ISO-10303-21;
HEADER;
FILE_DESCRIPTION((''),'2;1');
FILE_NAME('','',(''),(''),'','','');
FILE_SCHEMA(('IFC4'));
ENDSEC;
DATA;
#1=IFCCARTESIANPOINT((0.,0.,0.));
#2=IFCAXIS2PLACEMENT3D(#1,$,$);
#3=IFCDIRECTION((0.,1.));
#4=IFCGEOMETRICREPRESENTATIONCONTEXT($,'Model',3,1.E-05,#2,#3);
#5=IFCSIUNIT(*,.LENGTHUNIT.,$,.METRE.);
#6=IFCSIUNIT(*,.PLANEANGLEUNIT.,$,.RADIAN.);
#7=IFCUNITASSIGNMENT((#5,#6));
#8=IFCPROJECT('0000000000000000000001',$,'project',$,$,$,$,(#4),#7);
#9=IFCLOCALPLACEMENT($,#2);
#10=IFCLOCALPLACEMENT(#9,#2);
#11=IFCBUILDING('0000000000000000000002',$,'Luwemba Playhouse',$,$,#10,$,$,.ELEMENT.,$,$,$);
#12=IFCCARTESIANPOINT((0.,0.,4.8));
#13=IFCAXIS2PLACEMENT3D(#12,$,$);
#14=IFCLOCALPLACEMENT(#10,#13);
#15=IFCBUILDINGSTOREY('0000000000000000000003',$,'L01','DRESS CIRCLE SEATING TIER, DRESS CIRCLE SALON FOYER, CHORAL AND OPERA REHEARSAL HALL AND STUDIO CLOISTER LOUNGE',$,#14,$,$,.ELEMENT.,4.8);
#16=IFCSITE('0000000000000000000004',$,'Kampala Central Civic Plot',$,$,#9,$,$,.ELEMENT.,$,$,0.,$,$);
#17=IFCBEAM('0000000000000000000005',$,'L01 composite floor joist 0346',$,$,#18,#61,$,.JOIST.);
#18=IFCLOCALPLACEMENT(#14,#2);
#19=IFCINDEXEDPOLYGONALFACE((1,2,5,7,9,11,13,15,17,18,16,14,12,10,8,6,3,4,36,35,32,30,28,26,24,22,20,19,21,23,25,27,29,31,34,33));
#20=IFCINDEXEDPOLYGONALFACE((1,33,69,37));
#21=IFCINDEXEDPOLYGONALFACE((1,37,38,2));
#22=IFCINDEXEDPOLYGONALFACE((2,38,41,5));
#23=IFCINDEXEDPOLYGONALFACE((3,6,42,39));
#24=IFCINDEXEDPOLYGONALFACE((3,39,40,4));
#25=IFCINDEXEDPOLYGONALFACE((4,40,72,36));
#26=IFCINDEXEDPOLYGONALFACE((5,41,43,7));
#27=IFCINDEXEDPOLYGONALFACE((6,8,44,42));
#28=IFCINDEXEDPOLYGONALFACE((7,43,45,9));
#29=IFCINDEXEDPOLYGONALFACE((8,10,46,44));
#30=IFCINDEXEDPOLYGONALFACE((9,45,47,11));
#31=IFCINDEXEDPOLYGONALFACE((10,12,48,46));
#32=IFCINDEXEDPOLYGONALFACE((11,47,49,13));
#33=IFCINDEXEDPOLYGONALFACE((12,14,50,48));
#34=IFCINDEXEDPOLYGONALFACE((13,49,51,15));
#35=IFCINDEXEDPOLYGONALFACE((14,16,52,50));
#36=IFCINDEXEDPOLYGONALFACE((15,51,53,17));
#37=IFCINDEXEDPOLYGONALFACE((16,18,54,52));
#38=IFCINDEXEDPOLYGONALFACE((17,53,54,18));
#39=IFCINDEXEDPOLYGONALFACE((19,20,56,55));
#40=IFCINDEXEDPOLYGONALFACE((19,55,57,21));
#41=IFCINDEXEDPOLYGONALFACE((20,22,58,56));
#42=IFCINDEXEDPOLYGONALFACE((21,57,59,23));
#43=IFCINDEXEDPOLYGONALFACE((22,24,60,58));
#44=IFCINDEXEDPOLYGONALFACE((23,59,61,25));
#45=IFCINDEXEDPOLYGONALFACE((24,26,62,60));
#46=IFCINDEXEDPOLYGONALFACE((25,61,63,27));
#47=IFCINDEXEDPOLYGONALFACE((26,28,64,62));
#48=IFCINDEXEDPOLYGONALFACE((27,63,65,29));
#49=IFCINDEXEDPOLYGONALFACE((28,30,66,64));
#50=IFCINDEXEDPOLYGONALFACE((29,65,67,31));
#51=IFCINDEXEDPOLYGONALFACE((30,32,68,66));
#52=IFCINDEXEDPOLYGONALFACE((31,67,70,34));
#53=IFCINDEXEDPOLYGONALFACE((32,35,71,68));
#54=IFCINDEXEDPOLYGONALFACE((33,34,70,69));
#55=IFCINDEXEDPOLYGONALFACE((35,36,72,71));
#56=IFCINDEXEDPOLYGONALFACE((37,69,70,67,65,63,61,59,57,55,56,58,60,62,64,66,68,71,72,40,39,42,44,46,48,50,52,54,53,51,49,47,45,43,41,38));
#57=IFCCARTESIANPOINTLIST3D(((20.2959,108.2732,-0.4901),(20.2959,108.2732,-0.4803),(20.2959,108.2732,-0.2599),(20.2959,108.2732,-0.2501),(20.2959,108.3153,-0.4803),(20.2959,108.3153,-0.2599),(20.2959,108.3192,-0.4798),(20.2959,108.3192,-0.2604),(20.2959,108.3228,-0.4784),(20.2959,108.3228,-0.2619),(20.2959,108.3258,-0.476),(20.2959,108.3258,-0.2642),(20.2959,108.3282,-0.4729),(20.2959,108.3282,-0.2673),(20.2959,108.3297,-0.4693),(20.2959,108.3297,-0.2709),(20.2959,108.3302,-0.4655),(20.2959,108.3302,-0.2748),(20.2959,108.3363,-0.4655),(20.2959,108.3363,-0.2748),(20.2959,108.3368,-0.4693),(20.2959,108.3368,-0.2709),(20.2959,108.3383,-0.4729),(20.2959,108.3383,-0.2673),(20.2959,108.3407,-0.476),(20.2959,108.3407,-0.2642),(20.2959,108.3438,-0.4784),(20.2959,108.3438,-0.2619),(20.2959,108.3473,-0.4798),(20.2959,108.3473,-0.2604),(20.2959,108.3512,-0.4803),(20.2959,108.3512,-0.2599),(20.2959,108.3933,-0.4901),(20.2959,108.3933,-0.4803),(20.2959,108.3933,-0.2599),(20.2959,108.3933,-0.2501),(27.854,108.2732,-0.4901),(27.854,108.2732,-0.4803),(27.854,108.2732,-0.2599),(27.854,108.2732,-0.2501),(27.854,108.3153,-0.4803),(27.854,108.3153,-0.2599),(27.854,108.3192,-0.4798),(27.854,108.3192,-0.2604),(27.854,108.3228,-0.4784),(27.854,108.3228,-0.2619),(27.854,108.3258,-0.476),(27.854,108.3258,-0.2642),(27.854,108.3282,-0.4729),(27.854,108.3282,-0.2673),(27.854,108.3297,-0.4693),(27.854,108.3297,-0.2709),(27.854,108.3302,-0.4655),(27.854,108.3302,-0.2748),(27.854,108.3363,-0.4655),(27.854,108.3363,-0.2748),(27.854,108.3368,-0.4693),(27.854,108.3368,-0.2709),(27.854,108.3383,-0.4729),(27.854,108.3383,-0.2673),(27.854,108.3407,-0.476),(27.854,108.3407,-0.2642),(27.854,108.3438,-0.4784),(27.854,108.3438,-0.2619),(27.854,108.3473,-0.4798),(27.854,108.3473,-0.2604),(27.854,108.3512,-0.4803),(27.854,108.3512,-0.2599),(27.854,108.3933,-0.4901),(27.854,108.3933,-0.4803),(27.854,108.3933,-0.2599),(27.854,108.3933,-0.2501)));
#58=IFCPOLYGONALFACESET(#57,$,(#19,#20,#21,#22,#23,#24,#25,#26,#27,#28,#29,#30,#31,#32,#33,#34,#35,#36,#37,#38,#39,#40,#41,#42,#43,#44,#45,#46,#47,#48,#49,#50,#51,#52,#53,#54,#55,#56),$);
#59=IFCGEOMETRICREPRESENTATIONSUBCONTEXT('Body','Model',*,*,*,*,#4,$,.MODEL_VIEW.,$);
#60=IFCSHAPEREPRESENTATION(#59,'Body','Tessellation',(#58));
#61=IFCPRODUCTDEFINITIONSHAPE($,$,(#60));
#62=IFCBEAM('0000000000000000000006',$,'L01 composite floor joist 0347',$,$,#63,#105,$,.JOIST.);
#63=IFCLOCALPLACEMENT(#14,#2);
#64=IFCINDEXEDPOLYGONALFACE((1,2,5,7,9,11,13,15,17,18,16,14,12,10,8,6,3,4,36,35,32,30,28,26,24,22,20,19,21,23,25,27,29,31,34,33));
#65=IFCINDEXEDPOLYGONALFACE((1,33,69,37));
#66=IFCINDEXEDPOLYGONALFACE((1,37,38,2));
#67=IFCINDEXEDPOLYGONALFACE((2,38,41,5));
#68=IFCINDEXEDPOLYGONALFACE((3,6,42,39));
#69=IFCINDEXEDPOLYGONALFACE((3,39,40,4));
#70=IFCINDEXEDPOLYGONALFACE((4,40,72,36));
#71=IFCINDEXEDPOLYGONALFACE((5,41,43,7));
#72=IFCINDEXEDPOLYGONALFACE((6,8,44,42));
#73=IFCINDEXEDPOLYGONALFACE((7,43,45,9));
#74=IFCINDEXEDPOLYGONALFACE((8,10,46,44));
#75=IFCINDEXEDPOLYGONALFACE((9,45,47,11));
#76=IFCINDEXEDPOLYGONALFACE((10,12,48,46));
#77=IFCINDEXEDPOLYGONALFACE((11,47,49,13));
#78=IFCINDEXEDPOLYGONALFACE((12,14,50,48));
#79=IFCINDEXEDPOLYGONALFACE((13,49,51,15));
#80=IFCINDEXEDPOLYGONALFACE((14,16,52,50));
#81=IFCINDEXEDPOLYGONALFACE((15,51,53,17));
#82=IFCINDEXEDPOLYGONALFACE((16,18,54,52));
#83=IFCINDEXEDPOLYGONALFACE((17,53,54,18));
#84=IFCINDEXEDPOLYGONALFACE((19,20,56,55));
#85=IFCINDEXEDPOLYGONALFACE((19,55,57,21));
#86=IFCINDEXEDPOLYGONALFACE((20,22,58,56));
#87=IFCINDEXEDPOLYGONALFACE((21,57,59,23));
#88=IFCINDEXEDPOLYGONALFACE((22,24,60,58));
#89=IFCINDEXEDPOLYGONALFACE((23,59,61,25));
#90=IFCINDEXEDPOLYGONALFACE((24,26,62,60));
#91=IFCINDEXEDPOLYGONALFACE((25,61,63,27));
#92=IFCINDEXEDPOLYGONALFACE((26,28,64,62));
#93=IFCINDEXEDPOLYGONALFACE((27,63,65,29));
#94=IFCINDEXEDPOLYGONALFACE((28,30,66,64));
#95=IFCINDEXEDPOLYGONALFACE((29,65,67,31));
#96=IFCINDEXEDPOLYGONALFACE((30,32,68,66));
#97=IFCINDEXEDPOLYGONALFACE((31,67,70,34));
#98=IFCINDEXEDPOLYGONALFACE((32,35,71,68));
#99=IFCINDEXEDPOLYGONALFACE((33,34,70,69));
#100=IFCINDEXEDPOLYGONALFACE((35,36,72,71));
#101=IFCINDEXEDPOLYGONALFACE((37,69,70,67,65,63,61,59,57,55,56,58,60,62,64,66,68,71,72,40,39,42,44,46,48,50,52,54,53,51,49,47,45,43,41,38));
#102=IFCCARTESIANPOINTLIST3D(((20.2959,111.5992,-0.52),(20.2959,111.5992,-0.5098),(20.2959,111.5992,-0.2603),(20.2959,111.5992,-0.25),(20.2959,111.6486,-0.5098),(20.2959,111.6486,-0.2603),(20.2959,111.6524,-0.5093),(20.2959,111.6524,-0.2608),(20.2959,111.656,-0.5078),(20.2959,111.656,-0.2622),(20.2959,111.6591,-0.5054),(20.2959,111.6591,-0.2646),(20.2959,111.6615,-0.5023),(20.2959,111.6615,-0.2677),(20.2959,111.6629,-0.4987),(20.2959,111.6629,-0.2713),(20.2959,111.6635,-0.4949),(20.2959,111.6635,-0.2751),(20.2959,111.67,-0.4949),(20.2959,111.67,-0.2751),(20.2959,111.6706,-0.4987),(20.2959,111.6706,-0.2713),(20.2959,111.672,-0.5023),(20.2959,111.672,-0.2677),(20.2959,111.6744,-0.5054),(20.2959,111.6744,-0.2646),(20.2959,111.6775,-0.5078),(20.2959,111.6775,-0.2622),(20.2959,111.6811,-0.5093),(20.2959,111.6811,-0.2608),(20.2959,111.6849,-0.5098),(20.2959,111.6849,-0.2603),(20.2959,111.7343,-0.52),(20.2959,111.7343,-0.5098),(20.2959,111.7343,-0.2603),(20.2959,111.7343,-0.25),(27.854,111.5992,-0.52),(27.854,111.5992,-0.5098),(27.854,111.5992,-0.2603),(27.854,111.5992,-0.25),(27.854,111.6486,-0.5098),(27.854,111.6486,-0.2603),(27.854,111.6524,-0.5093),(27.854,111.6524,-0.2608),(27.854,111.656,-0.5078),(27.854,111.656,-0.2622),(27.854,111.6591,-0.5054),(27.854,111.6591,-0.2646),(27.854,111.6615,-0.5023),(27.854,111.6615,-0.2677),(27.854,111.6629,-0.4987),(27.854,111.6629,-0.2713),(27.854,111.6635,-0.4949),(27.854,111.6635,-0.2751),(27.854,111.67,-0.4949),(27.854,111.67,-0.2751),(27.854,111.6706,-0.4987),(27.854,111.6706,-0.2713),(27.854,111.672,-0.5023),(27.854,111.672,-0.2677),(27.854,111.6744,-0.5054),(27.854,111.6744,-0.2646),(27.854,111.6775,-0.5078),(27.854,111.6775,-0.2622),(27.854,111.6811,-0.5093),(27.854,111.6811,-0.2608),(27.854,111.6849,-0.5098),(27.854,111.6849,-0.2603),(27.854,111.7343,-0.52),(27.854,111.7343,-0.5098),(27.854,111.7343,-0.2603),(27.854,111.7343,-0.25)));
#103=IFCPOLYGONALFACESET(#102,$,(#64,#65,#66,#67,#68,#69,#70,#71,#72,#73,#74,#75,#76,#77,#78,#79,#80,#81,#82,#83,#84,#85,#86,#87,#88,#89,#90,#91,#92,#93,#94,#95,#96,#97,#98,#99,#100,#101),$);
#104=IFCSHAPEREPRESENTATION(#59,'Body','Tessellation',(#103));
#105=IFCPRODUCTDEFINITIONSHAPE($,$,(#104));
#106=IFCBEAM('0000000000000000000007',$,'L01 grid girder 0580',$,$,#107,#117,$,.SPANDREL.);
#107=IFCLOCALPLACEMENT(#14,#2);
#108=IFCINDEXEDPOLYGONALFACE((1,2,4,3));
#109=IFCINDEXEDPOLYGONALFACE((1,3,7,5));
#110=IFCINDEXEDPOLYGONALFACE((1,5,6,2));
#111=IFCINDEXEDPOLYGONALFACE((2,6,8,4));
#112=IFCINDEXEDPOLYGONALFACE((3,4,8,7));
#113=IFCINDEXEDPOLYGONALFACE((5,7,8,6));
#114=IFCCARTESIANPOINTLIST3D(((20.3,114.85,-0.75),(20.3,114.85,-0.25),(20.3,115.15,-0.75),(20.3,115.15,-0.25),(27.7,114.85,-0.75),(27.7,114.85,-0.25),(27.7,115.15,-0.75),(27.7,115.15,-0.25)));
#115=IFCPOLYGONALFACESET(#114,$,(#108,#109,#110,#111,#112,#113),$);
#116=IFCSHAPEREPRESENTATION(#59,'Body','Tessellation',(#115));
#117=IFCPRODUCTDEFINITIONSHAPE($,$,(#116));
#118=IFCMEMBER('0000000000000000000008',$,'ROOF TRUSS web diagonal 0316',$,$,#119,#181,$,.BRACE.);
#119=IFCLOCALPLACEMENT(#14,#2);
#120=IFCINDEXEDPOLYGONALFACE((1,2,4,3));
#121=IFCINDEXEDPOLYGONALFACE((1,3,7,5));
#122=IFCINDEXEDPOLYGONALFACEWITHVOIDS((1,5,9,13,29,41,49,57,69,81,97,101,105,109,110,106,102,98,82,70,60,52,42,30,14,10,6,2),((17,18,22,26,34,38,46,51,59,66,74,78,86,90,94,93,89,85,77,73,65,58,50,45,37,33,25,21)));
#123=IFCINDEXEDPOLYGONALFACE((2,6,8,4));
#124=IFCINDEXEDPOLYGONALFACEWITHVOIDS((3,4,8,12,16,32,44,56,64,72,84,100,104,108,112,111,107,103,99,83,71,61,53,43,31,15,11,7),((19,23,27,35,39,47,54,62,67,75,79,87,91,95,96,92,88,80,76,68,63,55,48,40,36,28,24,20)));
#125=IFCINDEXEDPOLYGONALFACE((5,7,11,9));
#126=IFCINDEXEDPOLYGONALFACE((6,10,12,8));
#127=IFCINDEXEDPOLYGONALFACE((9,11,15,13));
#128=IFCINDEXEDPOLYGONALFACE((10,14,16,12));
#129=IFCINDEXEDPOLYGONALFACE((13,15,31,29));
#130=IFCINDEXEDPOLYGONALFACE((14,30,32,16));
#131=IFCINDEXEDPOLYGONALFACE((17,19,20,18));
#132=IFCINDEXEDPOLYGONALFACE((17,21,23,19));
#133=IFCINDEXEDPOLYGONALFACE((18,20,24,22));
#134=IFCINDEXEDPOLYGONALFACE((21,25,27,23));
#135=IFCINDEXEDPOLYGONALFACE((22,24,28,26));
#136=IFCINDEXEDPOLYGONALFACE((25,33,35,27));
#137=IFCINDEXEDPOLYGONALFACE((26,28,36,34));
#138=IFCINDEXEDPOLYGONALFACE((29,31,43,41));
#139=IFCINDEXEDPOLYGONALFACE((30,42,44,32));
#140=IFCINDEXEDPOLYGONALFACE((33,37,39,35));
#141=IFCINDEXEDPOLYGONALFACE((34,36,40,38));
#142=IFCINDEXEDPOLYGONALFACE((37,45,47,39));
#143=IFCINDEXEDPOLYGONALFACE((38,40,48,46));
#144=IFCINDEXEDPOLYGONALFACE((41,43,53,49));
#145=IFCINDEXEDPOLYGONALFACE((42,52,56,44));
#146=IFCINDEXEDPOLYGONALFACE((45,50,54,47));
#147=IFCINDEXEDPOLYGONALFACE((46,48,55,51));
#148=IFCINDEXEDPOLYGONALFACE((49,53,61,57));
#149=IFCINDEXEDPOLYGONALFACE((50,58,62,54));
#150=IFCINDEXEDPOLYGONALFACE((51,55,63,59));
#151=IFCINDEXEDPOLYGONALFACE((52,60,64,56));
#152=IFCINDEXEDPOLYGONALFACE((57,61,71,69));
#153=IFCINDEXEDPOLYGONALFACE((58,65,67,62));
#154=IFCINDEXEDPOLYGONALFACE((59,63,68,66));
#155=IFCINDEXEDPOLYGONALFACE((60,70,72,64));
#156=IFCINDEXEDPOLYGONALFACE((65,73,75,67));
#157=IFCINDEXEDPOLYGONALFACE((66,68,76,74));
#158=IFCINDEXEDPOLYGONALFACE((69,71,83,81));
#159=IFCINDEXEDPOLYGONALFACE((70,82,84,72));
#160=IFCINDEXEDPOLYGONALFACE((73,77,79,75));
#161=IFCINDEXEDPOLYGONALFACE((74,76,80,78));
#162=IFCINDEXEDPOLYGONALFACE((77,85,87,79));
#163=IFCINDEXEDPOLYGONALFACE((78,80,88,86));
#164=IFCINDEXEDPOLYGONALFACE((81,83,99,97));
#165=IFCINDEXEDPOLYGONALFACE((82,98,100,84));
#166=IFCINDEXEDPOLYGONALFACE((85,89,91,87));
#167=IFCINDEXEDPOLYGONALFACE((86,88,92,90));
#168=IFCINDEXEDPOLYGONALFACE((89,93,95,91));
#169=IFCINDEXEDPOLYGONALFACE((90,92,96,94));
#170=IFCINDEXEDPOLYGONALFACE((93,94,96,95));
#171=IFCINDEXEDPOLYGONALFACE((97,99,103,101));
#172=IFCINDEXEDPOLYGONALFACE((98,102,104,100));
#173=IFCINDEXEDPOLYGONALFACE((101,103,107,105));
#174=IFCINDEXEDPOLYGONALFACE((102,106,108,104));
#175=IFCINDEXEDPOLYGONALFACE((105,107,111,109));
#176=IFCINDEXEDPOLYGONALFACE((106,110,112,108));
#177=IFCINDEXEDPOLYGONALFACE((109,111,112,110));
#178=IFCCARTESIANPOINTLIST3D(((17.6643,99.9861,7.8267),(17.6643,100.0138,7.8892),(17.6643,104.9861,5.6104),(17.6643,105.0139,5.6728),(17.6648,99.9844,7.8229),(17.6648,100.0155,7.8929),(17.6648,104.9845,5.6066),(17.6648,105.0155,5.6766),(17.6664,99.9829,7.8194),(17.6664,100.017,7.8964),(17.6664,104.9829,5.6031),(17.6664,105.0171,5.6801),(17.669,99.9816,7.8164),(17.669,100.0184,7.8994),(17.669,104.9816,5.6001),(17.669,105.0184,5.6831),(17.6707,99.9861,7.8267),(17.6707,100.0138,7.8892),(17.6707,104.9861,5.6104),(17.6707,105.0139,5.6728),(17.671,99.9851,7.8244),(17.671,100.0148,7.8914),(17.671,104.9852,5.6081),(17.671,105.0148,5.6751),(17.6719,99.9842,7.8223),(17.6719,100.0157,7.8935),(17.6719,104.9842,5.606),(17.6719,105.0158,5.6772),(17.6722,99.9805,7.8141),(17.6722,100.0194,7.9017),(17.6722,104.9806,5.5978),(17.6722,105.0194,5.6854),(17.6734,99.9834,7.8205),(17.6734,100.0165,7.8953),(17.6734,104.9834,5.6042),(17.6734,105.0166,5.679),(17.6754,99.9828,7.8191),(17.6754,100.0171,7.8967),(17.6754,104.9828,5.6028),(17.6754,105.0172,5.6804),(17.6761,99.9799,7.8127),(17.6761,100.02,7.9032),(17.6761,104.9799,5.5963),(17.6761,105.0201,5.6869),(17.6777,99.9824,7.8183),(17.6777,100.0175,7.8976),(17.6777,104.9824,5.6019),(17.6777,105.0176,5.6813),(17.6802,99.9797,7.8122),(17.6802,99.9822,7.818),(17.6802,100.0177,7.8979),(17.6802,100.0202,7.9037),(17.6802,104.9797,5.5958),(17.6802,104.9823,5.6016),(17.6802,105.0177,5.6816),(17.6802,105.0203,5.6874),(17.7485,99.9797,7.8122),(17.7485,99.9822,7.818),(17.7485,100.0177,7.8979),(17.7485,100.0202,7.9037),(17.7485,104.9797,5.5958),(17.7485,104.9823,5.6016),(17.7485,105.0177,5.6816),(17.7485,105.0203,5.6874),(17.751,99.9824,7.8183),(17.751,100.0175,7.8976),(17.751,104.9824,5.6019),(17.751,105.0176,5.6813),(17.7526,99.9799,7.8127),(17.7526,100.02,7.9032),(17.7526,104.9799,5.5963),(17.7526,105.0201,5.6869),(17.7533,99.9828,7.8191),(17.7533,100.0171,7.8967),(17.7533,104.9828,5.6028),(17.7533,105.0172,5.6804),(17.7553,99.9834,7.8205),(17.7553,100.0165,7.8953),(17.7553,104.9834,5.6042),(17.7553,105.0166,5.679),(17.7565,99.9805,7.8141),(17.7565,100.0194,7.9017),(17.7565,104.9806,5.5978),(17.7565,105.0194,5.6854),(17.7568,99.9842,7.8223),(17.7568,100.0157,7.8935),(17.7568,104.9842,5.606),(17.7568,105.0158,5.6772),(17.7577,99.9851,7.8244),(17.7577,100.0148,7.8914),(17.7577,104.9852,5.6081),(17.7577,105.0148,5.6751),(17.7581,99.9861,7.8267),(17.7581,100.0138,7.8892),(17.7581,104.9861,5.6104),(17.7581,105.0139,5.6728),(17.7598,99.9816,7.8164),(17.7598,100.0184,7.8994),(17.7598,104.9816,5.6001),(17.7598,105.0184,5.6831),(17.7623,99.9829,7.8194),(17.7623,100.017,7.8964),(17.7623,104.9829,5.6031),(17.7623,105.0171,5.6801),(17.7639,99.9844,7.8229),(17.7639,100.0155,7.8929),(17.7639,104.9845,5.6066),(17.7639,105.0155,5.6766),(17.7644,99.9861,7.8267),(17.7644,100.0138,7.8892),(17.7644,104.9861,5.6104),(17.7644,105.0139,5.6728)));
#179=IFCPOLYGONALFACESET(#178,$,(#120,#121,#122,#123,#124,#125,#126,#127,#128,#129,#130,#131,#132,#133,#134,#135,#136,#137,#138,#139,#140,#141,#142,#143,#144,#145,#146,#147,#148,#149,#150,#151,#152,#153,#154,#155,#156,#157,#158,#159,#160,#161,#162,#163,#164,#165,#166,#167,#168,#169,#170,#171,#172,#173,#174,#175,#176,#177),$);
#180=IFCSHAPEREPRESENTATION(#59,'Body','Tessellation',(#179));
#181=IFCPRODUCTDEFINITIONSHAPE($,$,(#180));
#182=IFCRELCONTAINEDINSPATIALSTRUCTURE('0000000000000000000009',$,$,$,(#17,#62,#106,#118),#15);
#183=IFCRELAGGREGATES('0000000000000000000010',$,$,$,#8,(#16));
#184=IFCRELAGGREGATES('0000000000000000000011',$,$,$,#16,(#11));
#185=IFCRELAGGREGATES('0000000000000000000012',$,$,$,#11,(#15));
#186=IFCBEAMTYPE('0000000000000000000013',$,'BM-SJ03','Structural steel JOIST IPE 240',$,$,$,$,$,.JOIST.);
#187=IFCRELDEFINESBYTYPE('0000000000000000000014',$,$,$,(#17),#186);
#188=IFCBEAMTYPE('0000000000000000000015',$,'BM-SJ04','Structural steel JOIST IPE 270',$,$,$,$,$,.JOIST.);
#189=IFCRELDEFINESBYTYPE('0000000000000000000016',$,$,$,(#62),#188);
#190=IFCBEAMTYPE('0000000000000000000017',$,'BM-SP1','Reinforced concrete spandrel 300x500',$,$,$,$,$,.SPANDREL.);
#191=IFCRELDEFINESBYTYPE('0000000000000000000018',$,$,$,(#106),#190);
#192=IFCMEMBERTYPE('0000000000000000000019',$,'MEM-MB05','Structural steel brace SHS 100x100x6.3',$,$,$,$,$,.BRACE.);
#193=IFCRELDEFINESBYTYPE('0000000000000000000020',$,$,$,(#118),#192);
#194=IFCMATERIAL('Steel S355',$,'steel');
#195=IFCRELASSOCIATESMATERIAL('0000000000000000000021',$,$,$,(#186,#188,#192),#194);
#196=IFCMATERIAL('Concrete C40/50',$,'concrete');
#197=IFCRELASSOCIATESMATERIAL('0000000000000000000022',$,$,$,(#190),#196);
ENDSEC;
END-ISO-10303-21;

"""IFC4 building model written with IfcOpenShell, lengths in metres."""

from ifc_helpers import new_model, si_unit, direction, frame, origin, origin_2d, place, context, subcontext, project, spatial, rectangle, hollow_rectangle, i_section, extrude, material, material_profile, profile_set, type_object, element, save


model = new_model("IFC4")

# Units and contexts
model_context = context("Model", 3, precision=1e-05, world=origin(), true_north=direction((0.0, 1.0)))
body_context = subcontext(model_context, "Body", "Model", "MODEL_VIEW")
ifc_project = project(units=[si_unit("LENGTHUNIT", "METRE"), si_unit("PLANEANGLEUNIT", "RADIAN")], contexts=[model_context])

# Site, building, storey
site_placement = place(None, origin())
site = spatial("IfcSite", under=ifc_project, at=site_placement, Name="Kampala Central Civic Plot", CompositionType="ELEMENT", RefElevation=0.0)
building_placement = place(site_placement, origin())
building = spatial("IfcBuilding", under=site, at=building_placement, Name="Luwemba Playhouse", CompositionType="ELEMENT")
storey_placement = place(building_placement, frame((0.0, 0.0, 4.8)))
storey = spatial("IfcBuildingStorey", under=building, at=storey_placement, Name="L01", Description="DRESS CIRCLE SEATING TIER, DRESS CIRCLE SALON FOYER, CHORAL AND OPERA REHEARSAL HALL AND STUDIO CLOISTER LOUNGE", CompositionType="ELEMENT", Elevation=4.8)

# Shared definitions
ifc_material_1 = material(Name="Concrete C40/50", Category="concrete")

# Beams
ifc_material_2 = material(Name="Steel S355", Category="steel")
ifc_material_profile_1 = material_profile(ifc_material_2, i_section(OverallWidth=0.1201, OverallDepth=0.24, WebThickness=0.0061, FlangeThickness=0.0098, FilletRadius=0.0149, at=origin_2d()))
ifc_profile_set_1 = profile_set([ifc_material_profile_1], Name="Steel S355")
beam_type_1 = type_object("IfcBeamType", Name="BM-SJ03", Description="Structural steel JOIST IPE 240", PredefinedType="JOIST", material=ifc_profile_set_1)
beam_1_placement = place(storey_placement, frame((20.2959, 108.3333, -0.3701), z_axis=(1.0, 0.0, 0.0), x_axis=(0.0, 1.0, 0.0)))
element("IfcBeam", 1, at=beam_1_placement, inside=storey, type_object=beam_type_1, Name="L01 composite floor joist 0346", PredefinedType="JOIST", context=body_context, shape_type="SweptSolid", body=[
    extrude(i_section(OverallWidth=0.1201, OverallDepth=0.24, WebThickness=0.0061, FlangeThickness=0.0098, FilletRadius=0.0149, at=origin_2d()), origin(), (0.0, 0.0, 1.0), 7.5581),
])
ifc_material_profile_2 = material_profile(ifc_material_2, i_section(OverallWidth=0.135, OverallDepth=0.27, WebThickness=0.0066, FlangeThickness=0.0103, FilletRadius=0.0149, at=origin_2d()))
ifc_profile_set_2 = profile_set([ifc_material_profile_2], Name="Steel S355")
beam_type_2 = type_object("IfcBeamType", Name="BM-SJ04", Description="Structural steel JOIST IPE 270", PredefinedType="JOIST", material=ifc_profile_set_2)
beam_2_placement = place(storey_placement, frame((20.2959, 111.6667, -0.385), z_axis=(1.0, 0.0, 0.0), x_axis=(0.0, 1.0, 0.0)))
element("IfcBeam", 2, at=beam_2_placement, inside=storey, type_object=beam_type_2, Name="L01 composite floor joist 0347", PredefinedType="JOIST", context=body_context, shape_type="SweptSolid", body=[
    extrude(i_section(OverallWidth=0.135, OverallDepth=0.27, WebThickness=0.0066, FlangeThickness=0.0103, FilletRadius=0.0149, at=origin_2d()), origin(), (0.0, 0.0, 1.0), 7.5581),
])
ifc_material_profile_3 = material_profile(ifc_material_1, rectangle(XDim=0.3, YDim=0.5, at=origin_2d()))
ifc_profile_set_3 = profile_set([ifc_material_profile_3], Name="Concrete C40/50")
beam_type_3 = type_object("IfcBeamType", Name="BM-SP1", Description="Reinforced concrete spandrel 300x500", PredefinedType="SPANDREL", material=ifc_profile_set_3)
beam_3_placement = place(storey_placement, frame((20.3, 115.0, -0.5), z_axis=(1.0, 0.0, 0.0), x_axis=(0.0, 1.0, 0.0)))
element("IfcBeam", 3, at=beam_3_placement, inside=storey, type_object=beam_type_3, Name="L01 grid girder 0580", PredefinedType="SPANDREL", context=body_context, shape_type="SweptSolid", body=[
    extrude(rectangle(XDim=0.3, YDim=0.5, at=origin_2d()), origin(), (0.0, 0.0, 1.0), 7.3999),
])

# Member
ifc_material_profile_4 = material_profile(ifc_material_2, hollow_rectangle(XDim=0.1001, YDim=0.1001, WallThickness=0.0063, InnerFilletRadius=0.0095, OuterFilletRadius=0.0159, at=origin_2d()))
ifc_profile_set_4 = profile_set([ifc_material_profile_4], Name="Steel S355")
member_type_1 = type_object("IfcMemberType", Name="MEM-MB05", Description="Structural steel brace SHS 100x100x6.3", PredefinedType="BRACE", material=ifc_profile_set_4)
for number, where, z_axis, x_axis, name in (
    (4, (17.7144, 105.0, 5.6416), (0.0, -0.914212, 0.405235), (1.0, 0.0, 0.0), "ROOF TRUSS web diagonal 0316"),
):
    element("IfcMember", number, at=place(storey_placement, frame(where, z_axis=z_axis, x_axis=x_axis)), inside=storey, type_object=member_type_1, Name=name, PredefinedType="BRACE", context=body_context, shape_type="SweptSolid", body=[
        extrude(hollow_rectangle(XDim=0.1001, YDim=0.1001, WallThickness=0.0063, InnerFilletRadius=0.0095, OuterFilletRadius=0.0159, at=origin_2d()), origin(), (0.0, 0.0, 1.0), 5.4692),
    ])

save(model, "model.ifc")
